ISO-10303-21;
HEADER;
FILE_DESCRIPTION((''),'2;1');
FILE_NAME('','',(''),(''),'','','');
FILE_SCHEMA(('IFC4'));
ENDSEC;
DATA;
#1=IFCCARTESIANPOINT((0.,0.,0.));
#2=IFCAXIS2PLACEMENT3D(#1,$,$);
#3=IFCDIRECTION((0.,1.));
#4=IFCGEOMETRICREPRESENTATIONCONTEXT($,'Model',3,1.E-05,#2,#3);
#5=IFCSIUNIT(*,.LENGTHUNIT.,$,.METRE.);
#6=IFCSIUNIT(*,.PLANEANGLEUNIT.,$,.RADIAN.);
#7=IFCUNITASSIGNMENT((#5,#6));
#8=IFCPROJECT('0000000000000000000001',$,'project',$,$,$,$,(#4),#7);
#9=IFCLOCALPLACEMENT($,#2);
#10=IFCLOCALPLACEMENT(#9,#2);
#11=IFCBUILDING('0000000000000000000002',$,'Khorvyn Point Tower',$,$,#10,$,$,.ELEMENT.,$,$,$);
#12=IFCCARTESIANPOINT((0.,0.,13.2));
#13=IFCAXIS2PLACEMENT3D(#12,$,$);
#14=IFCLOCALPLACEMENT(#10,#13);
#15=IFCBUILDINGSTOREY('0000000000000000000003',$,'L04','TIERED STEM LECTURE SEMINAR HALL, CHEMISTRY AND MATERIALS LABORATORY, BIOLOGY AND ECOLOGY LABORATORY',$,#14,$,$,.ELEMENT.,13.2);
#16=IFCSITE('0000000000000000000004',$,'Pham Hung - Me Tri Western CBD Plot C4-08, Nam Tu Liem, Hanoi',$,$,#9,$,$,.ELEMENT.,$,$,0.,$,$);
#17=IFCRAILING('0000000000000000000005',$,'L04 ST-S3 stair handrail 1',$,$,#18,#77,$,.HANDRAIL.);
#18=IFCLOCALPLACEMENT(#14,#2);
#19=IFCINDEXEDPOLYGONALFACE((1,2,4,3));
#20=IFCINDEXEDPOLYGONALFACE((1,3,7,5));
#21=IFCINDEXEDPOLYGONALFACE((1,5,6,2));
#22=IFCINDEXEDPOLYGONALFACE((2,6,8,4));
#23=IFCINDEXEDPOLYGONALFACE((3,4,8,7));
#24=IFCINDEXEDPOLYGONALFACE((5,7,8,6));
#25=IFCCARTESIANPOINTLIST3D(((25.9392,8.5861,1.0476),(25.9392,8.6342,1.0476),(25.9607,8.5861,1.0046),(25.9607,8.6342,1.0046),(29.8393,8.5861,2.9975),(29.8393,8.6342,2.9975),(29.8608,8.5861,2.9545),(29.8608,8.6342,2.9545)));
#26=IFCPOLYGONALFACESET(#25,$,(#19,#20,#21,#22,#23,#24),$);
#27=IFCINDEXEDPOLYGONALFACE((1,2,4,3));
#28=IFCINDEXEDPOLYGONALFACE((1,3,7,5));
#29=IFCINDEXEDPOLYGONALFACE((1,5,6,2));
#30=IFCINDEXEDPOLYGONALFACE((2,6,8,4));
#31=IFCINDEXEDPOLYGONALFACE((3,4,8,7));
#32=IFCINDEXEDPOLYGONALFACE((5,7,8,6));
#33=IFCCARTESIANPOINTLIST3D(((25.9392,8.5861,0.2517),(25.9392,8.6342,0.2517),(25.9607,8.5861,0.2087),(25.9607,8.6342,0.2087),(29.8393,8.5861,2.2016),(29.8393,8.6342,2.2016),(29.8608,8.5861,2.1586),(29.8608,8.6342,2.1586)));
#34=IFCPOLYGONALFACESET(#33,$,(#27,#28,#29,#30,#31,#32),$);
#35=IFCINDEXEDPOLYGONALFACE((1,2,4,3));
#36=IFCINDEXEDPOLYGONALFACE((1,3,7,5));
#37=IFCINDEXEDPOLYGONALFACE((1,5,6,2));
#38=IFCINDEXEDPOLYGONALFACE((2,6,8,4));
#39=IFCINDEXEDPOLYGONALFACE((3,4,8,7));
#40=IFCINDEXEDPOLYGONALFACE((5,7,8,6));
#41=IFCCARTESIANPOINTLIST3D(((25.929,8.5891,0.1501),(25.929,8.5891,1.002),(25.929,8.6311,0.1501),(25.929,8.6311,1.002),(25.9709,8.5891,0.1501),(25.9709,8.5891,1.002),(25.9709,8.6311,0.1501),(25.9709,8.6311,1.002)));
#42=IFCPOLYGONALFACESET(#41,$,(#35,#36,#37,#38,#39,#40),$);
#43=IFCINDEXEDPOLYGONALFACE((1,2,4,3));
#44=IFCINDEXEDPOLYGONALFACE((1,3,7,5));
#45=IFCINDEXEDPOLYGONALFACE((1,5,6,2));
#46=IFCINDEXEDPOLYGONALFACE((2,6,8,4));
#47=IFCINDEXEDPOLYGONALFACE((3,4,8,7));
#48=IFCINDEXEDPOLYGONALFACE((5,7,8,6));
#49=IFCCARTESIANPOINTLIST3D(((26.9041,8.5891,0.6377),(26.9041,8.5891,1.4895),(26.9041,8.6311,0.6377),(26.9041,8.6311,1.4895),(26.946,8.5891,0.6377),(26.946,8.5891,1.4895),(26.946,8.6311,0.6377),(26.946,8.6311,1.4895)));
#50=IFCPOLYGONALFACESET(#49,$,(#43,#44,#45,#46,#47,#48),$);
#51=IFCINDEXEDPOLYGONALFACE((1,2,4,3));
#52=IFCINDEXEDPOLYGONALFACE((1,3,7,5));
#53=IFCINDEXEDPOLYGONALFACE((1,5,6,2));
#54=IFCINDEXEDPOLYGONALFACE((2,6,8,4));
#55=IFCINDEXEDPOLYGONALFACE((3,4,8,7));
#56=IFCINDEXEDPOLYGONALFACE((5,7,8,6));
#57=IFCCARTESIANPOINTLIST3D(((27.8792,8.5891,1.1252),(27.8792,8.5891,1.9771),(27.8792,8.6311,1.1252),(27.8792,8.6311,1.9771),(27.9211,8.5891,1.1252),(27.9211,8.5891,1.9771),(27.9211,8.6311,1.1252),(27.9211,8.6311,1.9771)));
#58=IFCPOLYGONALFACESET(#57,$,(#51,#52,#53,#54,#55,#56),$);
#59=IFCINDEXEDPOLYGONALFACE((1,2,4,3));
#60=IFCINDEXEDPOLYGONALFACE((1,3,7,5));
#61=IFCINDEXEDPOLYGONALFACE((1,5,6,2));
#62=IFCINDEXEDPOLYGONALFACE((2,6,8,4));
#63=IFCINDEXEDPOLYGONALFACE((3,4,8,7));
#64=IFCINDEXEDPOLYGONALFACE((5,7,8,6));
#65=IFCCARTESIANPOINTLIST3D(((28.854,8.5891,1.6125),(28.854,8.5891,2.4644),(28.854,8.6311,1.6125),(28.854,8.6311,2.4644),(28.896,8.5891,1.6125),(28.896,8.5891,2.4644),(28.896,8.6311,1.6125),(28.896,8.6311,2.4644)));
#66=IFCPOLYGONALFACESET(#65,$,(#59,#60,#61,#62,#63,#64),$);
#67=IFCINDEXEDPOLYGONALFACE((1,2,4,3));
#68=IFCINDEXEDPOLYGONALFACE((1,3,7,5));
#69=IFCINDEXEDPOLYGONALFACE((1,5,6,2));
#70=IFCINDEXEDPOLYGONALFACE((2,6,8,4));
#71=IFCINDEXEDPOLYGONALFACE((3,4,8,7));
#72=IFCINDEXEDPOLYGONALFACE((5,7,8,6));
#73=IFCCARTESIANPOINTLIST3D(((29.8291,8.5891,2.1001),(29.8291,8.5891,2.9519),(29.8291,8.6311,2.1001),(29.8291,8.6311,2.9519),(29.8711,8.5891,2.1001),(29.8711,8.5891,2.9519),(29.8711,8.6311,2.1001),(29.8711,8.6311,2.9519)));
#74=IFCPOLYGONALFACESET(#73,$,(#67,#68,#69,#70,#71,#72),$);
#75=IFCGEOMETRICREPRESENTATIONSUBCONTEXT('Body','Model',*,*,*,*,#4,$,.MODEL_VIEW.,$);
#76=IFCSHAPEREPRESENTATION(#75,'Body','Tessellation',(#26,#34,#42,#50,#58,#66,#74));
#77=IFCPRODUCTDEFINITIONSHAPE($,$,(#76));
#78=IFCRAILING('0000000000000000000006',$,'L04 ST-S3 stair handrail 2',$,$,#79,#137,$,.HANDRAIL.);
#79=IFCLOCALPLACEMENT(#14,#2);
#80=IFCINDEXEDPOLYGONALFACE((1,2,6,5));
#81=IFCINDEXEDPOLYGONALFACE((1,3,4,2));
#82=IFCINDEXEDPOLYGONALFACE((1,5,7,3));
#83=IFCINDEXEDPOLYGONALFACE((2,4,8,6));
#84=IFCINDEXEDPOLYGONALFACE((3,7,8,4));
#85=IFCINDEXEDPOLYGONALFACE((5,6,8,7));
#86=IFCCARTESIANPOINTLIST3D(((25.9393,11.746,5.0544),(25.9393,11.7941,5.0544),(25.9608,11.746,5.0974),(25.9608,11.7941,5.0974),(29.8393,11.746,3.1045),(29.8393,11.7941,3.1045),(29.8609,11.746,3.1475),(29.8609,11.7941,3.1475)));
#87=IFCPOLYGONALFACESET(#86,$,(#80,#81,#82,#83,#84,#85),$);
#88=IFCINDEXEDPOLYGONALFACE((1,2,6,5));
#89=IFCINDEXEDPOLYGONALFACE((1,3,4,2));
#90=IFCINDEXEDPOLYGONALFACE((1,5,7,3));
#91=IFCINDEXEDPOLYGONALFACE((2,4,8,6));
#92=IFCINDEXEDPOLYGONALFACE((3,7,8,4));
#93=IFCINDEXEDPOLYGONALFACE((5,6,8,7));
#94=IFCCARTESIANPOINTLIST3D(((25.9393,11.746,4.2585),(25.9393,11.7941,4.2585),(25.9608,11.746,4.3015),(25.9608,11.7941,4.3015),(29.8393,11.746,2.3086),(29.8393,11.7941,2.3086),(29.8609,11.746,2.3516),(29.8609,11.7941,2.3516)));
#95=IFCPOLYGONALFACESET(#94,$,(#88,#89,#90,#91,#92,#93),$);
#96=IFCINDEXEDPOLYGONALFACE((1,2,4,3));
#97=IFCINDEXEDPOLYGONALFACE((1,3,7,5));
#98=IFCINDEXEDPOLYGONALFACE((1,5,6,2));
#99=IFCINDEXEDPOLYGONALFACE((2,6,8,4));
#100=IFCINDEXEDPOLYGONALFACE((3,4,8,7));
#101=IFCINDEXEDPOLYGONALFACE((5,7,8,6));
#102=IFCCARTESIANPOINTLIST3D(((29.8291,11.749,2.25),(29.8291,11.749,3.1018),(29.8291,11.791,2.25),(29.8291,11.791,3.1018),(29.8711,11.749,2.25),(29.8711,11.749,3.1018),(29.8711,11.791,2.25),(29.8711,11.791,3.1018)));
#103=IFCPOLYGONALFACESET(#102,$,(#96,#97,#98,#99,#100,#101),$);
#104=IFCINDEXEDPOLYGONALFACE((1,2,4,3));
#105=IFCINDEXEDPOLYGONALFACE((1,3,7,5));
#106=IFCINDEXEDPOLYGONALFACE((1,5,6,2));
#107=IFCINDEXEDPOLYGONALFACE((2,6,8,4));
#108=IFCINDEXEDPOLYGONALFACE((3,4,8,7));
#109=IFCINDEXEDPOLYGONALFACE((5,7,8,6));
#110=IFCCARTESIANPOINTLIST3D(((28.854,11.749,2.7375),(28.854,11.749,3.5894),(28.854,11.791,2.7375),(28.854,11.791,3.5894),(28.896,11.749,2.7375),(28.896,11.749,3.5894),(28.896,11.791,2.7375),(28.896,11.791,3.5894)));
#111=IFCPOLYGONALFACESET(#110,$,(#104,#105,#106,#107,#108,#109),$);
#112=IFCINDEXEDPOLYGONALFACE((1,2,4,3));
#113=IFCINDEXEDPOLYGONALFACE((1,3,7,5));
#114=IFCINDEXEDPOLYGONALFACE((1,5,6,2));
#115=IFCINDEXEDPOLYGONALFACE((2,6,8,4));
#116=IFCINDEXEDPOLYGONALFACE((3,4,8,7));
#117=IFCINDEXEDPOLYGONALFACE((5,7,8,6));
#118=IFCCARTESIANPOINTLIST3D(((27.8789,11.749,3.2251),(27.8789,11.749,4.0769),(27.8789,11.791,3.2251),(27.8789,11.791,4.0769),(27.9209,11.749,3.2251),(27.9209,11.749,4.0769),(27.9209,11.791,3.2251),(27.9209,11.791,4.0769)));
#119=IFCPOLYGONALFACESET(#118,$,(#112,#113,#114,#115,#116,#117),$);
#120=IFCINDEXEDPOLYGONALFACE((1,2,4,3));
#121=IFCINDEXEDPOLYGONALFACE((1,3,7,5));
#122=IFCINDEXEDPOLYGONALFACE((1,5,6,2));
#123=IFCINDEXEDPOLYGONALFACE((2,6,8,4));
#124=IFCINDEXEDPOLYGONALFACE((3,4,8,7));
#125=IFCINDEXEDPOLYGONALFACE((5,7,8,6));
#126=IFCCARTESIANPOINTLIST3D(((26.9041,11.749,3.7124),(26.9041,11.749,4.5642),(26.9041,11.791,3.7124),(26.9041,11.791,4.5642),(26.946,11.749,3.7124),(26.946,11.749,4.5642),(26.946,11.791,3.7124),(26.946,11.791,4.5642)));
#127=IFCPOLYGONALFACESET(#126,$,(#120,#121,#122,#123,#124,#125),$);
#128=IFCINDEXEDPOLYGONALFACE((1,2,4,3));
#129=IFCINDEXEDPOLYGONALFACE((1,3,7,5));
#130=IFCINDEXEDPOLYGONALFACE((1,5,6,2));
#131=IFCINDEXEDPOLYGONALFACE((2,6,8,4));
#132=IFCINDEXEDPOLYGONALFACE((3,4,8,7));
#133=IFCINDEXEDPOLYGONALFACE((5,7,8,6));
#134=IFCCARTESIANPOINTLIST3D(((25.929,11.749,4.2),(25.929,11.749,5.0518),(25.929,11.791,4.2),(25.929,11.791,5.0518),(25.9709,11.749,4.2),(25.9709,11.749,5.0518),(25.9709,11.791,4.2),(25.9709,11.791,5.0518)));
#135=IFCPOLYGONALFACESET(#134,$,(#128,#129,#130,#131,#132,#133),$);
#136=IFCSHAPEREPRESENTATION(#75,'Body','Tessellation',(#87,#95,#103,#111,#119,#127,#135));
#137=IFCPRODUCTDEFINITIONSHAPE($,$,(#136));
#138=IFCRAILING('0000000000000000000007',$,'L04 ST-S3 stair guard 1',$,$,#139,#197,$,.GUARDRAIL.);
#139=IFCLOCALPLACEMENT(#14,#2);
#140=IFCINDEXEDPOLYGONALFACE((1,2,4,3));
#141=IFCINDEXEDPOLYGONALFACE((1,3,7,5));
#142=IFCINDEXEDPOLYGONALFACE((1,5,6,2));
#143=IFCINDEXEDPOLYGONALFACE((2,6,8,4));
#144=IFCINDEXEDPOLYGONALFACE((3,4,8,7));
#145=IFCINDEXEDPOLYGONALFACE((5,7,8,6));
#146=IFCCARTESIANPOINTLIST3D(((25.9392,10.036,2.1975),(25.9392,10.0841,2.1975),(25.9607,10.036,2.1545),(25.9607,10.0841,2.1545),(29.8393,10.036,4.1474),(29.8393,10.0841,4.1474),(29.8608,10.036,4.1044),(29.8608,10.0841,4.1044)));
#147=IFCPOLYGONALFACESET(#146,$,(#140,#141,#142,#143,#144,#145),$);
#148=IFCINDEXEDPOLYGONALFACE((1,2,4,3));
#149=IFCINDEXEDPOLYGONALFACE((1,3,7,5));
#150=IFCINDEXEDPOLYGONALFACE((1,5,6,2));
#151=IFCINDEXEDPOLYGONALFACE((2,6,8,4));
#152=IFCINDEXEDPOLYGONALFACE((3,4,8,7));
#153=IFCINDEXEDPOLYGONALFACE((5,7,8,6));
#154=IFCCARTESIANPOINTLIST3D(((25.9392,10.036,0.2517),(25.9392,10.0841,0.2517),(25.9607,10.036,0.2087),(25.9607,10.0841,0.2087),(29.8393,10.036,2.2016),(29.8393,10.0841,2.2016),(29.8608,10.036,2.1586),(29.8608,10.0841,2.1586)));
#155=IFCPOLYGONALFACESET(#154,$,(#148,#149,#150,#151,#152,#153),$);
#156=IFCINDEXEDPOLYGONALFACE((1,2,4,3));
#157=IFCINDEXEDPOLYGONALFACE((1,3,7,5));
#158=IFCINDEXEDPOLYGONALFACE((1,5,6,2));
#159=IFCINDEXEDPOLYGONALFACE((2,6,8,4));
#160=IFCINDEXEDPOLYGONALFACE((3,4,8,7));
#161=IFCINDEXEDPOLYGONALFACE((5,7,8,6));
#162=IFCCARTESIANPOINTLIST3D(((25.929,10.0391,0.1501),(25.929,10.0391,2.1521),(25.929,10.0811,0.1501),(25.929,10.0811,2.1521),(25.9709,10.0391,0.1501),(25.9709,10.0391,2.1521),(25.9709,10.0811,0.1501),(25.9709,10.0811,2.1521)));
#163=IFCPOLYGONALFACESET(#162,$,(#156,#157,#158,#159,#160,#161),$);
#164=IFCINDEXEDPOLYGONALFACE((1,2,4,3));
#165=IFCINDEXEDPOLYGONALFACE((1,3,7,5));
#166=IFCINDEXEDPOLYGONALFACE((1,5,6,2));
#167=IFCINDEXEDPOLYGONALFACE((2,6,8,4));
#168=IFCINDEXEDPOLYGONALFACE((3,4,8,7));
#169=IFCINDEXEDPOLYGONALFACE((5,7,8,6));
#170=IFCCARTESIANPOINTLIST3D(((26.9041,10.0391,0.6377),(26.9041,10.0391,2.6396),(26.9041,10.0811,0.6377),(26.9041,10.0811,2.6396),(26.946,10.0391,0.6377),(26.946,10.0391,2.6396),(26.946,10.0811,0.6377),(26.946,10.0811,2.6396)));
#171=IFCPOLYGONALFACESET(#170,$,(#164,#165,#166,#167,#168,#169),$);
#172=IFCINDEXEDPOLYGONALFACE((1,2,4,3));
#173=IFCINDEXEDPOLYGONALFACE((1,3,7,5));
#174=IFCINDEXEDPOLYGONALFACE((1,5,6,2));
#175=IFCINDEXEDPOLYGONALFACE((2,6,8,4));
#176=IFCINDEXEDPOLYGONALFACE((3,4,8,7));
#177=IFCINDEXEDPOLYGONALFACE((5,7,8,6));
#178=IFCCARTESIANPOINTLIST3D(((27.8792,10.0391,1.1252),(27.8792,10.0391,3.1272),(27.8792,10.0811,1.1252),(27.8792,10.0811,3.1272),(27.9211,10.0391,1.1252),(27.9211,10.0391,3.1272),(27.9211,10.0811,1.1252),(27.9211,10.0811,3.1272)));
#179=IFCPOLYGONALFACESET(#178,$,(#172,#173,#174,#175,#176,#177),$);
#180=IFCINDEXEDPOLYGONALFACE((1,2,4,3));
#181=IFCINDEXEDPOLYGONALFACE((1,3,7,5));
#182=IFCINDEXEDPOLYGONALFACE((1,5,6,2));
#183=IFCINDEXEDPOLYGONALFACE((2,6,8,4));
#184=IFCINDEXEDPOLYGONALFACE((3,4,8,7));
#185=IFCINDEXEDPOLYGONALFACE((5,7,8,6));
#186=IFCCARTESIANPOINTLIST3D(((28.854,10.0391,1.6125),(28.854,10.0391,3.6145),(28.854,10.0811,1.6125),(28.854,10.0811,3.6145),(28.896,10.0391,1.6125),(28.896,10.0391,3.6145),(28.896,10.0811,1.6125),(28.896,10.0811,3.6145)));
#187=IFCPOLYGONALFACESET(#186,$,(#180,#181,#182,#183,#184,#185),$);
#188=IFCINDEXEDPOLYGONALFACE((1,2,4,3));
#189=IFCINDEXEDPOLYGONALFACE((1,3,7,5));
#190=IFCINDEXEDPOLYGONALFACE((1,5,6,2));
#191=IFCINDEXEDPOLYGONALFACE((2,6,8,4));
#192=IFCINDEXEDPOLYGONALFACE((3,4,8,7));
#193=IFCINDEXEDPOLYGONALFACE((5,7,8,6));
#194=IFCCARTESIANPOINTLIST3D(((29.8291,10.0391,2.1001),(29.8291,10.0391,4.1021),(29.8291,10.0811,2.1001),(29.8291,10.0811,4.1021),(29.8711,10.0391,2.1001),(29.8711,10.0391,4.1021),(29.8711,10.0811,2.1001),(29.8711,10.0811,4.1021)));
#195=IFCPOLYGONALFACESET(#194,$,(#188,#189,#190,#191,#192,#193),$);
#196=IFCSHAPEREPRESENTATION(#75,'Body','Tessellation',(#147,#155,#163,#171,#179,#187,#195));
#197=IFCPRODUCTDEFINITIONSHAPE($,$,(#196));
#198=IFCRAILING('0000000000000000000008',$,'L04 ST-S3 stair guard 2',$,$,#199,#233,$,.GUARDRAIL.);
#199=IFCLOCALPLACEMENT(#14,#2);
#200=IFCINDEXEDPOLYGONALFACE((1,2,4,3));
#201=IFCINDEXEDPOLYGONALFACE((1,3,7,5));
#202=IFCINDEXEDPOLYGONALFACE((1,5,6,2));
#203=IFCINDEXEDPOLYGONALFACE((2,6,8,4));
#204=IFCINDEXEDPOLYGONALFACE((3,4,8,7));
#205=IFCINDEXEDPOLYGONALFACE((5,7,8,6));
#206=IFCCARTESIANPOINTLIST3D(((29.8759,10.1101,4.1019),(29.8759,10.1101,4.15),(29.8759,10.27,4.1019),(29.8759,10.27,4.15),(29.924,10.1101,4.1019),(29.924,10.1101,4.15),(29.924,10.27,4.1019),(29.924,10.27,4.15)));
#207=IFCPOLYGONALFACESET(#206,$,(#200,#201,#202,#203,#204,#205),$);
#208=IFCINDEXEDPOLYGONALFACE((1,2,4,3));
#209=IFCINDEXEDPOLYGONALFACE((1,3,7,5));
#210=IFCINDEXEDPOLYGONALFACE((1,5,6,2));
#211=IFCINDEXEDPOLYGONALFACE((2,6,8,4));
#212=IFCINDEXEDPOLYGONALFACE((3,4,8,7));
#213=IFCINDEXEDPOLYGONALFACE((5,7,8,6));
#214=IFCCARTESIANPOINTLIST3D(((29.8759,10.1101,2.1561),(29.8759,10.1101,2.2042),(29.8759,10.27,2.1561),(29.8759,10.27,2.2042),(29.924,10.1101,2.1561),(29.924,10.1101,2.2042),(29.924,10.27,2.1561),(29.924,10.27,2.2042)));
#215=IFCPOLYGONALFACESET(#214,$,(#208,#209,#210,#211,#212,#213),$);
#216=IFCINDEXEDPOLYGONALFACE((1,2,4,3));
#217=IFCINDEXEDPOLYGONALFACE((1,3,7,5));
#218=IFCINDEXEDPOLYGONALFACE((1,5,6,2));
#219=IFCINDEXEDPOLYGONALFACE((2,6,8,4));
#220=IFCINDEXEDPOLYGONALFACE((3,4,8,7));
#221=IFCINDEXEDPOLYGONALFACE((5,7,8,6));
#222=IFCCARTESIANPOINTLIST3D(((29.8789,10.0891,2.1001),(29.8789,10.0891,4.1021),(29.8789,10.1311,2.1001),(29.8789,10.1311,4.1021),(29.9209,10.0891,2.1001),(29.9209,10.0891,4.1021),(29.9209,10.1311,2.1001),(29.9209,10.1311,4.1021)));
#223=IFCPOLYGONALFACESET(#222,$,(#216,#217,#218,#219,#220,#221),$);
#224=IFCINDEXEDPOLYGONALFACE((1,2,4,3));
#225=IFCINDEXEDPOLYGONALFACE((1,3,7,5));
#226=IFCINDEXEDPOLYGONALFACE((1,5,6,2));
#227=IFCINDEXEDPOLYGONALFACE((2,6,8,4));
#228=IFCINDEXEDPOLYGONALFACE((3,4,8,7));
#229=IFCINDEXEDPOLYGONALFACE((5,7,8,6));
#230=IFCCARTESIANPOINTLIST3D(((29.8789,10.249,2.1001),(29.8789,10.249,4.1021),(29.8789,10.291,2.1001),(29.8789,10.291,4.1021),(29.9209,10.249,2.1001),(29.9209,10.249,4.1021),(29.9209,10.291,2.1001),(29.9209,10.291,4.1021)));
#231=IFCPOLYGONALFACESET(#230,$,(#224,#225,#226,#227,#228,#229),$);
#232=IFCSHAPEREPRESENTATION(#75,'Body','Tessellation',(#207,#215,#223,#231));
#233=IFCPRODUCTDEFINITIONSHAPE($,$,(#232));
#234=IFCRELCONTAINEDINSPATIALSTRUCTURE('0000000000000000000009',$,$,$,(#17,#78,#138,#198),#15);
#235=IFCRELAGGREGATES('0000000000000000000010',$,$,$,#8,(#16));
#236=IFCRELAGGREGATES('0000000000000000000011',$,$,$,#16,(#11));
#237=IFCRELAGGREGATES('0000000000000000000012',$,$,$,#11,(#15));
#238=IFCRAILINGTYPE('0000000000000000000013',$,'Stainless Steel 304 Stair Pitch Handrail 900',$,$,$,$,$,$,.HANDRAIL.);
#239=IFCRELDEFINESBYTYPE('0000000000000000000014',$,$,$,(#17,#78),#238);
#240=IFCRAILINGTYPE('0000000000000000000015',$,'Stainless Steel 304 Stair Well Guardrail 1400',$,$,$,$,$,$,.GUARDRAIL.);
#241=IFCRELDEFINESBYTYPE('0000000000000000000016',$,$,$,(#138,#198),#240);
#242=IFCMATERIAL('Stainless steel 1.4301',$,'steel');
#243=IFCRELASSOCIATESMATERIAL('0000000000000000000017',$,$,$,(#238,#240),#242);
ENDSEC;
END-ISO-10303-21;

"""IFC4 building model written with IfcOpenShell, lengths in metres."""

from ifc_helpers import new_model, si_unit, direction, frame, origin, origin_2d, place, context, subcontext, project, spatial, rectangle, extrude, material, type_object, element, save


model = new_model("IFC4")

# Units and contexts
model_context = context("Model", 3, precision=1e-05, world=origin(), true_north=direction((0.0, 1.0)))
body_context = subcontext(model_context, "Body", "Model", "MODEL_VIEW")
ifc_project = project(units=[si_unit("LENGTHUNIT", "METRE"), si_unit("PLANEANGLEUNIT", "RADIAN")], contexts=[model_context])

# Site, building, storey
site_placement = place(None, origin())
site = spatial("IfcSite", under=ifc_project, at=site_placement, Name="Pham Hung - Me Tri Western CBD Plot C4-08, Nam Tu Liem, Hanoi", CompositionType="ELEMENT", RefElevation=0.0)
building_placement = place(site_placement, origin())
building = spatial("IfcBuilding", under=site, at=building_placement, Name="Khorvyn Point Tower", CompositionType="ELEMENT")
storey_placement = place(building_placement, frame((0.0, 0.0, 13.2)))
storey = spatial("IfcBuildingStorey", under=building, at=storey_placement, Name="L04", Description="TIERED STEM LECTURE SEMINAR HALL, CHEMISTRY AND MATERIALS LABORATORY, BIOLOGY AND ECOLOGY LABORATORY", CompositionType="ELEMENT", Elevation=13.2)

# Railings
ifc_material_1 = material(Name="Stainless steel 1.4301", Category="steel")
railing_type_1 = type_object("IfcRailingType", Name="Stainless Steel 304 Stair Pitch Handrail 900", PredefinedType="HANDRAIL", material=ifc_material_1)
railing_1_placement = place(storey_placement, frame((25.95, 8.6101, 0.1501)))
element("IfcRailing", 1, at=railing_1_placement, inside=storey, type_object=railing_type_1, Name="L04 ST-S3 stair handrail 1", PredefinedType="HANDRAIL", context=body_context, shape_type="SweptSolid", body=[
    extrude(rectangle(XDim=0.0481, YDim=0.0481, at=origin_2d()), frame((0.0, 0.0, 0.876), z_axis=(0.894438, 0.0, 0.447191), x_axis=(0.0, 1.0, 0.0)), (0.0, 0.0, 1.0), 4.3604),
    extrude(rectangle(XDim=0.0481, YDim=0.0481, at=origin_2d()), frame((0.0, 0.0, 0.0801), z_axis=(0.894438, 0.0, 0.447191), x_axis=(0.0, 1.0, 0.0)), (0.0, 0.0, 1.0), 4.3604),
    extrude(rectangle(XDim=0.042, YDim=0.042, at=origin_2d()), origin(), (0.0, 0.0, 1.0), 0.8518),
    extrude(rectangle(XDim=0.042, YDim=0.042, at=origin_2d()), frame((0.9751, 0.0, 0.4875)), (0.0, 0.0, 1.0), 0.8518),
    extrude(rectangle(XDim=0.042, YDim=0.042, at=origin_2d()), frame((1.9502, 0.0, 0.9751)), (0.0, 0.0, 1.0), 0.8518),
    extrude(rectangle(XDim=0.042, YDim=0.042, at=origin_2d()), frame((2.925, 0.0, 1.4624)), (0.0, 0.0, 1.0), 0.8518),
    extrude(rectangle(XDim=0.042, YDim=0.042, at=origin_2d()), frame((3.9001, 0.0, 1.95)), (0.0, 0.0, 1.0), 0.8518),
])
railing_2_placement = place(storey_placement, frame((29.8501, 11.77, 2.25)))
element("IfcRailing", 2, at=railing_2_placement, inside=storey, type_object=railing_type_1, Name="L04 ST-S3 stair handrail 2", PredefinedType="HANDRAIL", context=body_context, shape_type="SweptSolid", body=[
    extrude(rectangle(XDim=0.0481, YDim=0.0481, at=origin_2d()), frame((0.0, 0.0, 0.876), z_axis=(-0.894438, 0.0, 0.447191), x_axis=(0.0, -1.0, 0.0)), (0.0, 0.0, 1.0), 4.3604),
    extrude(rectangle(XDim=0.0481, YDim=0.0481, at=origin_2d()), frame((0.0, 0.0, 0.0801), z_axis=(-0.894438, 0.0, 0.447191), x_axis=(0.0, -1.0, 0.0)), (0.0, 0.0, 1.0), 4.3604),
    extrude(rectangle(XDim=0.042, YDim=0.042, at=origin_2d()), origin(), (0.0, 0.0, 1.0), 0.8518),
    extrude(rectangle(XDim=0.042, YDim=0.042, at=origin_2d()), frame((-0.9751, 0.0, 0.4875)), (0.0, 0.0, 1.0), 0.8518),
    extrude(rectangle(XDim=0.042, YDim=0.042, at=origin_2d()), frame((-1.9502, 0.0, 0.9751)), (0.0, 0.0, 1.0), 0.8518),
    extrude(rectangle(XDim=0.042, YDim=0.042, at=origin_2d()), frame((-2.925, 0.0, 1.4624)), (0.0, 0.0, 1.0), 0.8518),
    extrude(rectangle(XDim=0.042, YDim=0.042, at=origin_2d()), frame((-3.9001, 0.0, 1.95)), (0.0, 0.0, 1.0), 0.8518),
])
railing_type_2 = type_object("IfcRailingType", Name="Stainless Steel 304 Stair Well Guardrail 1400", PredefinedType="GUARDRAIL", material=ifc_material_1)
railing_3_placement = place(storey_placement, frame((25.95, 10.0601, 0.1501)))
element("IfcRailing", 3, at=railing_3_placement, inside=storey, type_object=railing_type_2, Name="L04 ST-S3 stair guard 1", PredefinedType="GUARDRAIL", context=body_context, shape_type="SweptSolid", body=[
    extrude(rectangle(XDim=0.0481, YDim=0.0481, at=origin_2d()), frame((0.0, 0.0, 2.0259), z_axis=(0.894438, 0.0, 0.447191), x_axis=(0.0, 1.0, 0.0)), (0.0, 0.0, 1.0), 4.3604),
    extrude(rectangle(XDim=0.0481, YDim=0.0481, at=origin_2d()), frame((0.0, 0.0, 0.0801), z_axis=(0.894438, 0.0, 0.447191), x_axis=(0.0, 1.0, 0.0)), (0.0, 0.0, 1.0), 4.3604),
    extrude(rectangle(XDim=0.042, YDim=0.042, at=origin_2d()), origin(), (0.0, 0.0, 1.0), 2.002),
    extrude(rectangle(XDim=0.042, YDim=0.042, at=origin_2d()), frame((0.9751, 0.0, 0.4875)), (0.0, 0.0, 1.0), 2.002),
    extrude(rectangle(XDim=0.042, YDim=0.042, at=origin_2d()), frame((1.9502, 0.0, 0.9751)), (0.0, 0.0, 1.0), 2.002),
    extrude(rectangle(XDim=0.042, YDim=0.042, at=origin_2d()), frame((2.925, 0.0, 1.4624)), (0.0, 0.0, 1.0), 2.002),
    extrude(rectangle(XDim=0.042, YDim=0.042, at=origin_2d()), frame((3.9001, 0.0, 1.95)), (0.0, 0.0, 1.0), 2.002),
])
railing_4_placement = place(storey_placement, frame((29.8999, 10.1101, 2.1001)))
element("IfcRailing", 4, at=railing_4_placement, inside=storey, type_object=railing_type_2, Name="L04 ST-S3 stair guard 2", PredefinedType="GUARDRAIL", context=body_context, shape_type="SweptSolid", body=[
    extrude(rectangle(XDim=0.0481, YDim=0.0481, at=origin_2d()), frame((0.0, 0.0, 2.0259), z_axis=(0.0, 1.0, 0.0), x_axis=(-1.0, 0.0, 0.0)), (0.0, 0.0, 1.0), 0.1599),
    extrude(rectangle(XDim=0.0481, YDim=0.0481, at=origin_2d()), frame((0.0, 0.0, 0.0801), z_axis=(0.0, 1.0, 0.0), x_axis=(-1.0, 0.0, 0.0)), (0.0, 0.0, 1.0), 0.1599),
    extrude(rectangle(XDim=0.042, YDim=0.042, at=origin_2d()), origin(), (0.0, 0.0, 1.0), 2.002),
    extrude(rectangle(XDim=0.042, YDim=0.042, at=origin_2d()), frame((0.0, 0.1599, 0.0)), (0.0, 0.0, 1.0), 2.002),
])

save(model, "model.ifc")
